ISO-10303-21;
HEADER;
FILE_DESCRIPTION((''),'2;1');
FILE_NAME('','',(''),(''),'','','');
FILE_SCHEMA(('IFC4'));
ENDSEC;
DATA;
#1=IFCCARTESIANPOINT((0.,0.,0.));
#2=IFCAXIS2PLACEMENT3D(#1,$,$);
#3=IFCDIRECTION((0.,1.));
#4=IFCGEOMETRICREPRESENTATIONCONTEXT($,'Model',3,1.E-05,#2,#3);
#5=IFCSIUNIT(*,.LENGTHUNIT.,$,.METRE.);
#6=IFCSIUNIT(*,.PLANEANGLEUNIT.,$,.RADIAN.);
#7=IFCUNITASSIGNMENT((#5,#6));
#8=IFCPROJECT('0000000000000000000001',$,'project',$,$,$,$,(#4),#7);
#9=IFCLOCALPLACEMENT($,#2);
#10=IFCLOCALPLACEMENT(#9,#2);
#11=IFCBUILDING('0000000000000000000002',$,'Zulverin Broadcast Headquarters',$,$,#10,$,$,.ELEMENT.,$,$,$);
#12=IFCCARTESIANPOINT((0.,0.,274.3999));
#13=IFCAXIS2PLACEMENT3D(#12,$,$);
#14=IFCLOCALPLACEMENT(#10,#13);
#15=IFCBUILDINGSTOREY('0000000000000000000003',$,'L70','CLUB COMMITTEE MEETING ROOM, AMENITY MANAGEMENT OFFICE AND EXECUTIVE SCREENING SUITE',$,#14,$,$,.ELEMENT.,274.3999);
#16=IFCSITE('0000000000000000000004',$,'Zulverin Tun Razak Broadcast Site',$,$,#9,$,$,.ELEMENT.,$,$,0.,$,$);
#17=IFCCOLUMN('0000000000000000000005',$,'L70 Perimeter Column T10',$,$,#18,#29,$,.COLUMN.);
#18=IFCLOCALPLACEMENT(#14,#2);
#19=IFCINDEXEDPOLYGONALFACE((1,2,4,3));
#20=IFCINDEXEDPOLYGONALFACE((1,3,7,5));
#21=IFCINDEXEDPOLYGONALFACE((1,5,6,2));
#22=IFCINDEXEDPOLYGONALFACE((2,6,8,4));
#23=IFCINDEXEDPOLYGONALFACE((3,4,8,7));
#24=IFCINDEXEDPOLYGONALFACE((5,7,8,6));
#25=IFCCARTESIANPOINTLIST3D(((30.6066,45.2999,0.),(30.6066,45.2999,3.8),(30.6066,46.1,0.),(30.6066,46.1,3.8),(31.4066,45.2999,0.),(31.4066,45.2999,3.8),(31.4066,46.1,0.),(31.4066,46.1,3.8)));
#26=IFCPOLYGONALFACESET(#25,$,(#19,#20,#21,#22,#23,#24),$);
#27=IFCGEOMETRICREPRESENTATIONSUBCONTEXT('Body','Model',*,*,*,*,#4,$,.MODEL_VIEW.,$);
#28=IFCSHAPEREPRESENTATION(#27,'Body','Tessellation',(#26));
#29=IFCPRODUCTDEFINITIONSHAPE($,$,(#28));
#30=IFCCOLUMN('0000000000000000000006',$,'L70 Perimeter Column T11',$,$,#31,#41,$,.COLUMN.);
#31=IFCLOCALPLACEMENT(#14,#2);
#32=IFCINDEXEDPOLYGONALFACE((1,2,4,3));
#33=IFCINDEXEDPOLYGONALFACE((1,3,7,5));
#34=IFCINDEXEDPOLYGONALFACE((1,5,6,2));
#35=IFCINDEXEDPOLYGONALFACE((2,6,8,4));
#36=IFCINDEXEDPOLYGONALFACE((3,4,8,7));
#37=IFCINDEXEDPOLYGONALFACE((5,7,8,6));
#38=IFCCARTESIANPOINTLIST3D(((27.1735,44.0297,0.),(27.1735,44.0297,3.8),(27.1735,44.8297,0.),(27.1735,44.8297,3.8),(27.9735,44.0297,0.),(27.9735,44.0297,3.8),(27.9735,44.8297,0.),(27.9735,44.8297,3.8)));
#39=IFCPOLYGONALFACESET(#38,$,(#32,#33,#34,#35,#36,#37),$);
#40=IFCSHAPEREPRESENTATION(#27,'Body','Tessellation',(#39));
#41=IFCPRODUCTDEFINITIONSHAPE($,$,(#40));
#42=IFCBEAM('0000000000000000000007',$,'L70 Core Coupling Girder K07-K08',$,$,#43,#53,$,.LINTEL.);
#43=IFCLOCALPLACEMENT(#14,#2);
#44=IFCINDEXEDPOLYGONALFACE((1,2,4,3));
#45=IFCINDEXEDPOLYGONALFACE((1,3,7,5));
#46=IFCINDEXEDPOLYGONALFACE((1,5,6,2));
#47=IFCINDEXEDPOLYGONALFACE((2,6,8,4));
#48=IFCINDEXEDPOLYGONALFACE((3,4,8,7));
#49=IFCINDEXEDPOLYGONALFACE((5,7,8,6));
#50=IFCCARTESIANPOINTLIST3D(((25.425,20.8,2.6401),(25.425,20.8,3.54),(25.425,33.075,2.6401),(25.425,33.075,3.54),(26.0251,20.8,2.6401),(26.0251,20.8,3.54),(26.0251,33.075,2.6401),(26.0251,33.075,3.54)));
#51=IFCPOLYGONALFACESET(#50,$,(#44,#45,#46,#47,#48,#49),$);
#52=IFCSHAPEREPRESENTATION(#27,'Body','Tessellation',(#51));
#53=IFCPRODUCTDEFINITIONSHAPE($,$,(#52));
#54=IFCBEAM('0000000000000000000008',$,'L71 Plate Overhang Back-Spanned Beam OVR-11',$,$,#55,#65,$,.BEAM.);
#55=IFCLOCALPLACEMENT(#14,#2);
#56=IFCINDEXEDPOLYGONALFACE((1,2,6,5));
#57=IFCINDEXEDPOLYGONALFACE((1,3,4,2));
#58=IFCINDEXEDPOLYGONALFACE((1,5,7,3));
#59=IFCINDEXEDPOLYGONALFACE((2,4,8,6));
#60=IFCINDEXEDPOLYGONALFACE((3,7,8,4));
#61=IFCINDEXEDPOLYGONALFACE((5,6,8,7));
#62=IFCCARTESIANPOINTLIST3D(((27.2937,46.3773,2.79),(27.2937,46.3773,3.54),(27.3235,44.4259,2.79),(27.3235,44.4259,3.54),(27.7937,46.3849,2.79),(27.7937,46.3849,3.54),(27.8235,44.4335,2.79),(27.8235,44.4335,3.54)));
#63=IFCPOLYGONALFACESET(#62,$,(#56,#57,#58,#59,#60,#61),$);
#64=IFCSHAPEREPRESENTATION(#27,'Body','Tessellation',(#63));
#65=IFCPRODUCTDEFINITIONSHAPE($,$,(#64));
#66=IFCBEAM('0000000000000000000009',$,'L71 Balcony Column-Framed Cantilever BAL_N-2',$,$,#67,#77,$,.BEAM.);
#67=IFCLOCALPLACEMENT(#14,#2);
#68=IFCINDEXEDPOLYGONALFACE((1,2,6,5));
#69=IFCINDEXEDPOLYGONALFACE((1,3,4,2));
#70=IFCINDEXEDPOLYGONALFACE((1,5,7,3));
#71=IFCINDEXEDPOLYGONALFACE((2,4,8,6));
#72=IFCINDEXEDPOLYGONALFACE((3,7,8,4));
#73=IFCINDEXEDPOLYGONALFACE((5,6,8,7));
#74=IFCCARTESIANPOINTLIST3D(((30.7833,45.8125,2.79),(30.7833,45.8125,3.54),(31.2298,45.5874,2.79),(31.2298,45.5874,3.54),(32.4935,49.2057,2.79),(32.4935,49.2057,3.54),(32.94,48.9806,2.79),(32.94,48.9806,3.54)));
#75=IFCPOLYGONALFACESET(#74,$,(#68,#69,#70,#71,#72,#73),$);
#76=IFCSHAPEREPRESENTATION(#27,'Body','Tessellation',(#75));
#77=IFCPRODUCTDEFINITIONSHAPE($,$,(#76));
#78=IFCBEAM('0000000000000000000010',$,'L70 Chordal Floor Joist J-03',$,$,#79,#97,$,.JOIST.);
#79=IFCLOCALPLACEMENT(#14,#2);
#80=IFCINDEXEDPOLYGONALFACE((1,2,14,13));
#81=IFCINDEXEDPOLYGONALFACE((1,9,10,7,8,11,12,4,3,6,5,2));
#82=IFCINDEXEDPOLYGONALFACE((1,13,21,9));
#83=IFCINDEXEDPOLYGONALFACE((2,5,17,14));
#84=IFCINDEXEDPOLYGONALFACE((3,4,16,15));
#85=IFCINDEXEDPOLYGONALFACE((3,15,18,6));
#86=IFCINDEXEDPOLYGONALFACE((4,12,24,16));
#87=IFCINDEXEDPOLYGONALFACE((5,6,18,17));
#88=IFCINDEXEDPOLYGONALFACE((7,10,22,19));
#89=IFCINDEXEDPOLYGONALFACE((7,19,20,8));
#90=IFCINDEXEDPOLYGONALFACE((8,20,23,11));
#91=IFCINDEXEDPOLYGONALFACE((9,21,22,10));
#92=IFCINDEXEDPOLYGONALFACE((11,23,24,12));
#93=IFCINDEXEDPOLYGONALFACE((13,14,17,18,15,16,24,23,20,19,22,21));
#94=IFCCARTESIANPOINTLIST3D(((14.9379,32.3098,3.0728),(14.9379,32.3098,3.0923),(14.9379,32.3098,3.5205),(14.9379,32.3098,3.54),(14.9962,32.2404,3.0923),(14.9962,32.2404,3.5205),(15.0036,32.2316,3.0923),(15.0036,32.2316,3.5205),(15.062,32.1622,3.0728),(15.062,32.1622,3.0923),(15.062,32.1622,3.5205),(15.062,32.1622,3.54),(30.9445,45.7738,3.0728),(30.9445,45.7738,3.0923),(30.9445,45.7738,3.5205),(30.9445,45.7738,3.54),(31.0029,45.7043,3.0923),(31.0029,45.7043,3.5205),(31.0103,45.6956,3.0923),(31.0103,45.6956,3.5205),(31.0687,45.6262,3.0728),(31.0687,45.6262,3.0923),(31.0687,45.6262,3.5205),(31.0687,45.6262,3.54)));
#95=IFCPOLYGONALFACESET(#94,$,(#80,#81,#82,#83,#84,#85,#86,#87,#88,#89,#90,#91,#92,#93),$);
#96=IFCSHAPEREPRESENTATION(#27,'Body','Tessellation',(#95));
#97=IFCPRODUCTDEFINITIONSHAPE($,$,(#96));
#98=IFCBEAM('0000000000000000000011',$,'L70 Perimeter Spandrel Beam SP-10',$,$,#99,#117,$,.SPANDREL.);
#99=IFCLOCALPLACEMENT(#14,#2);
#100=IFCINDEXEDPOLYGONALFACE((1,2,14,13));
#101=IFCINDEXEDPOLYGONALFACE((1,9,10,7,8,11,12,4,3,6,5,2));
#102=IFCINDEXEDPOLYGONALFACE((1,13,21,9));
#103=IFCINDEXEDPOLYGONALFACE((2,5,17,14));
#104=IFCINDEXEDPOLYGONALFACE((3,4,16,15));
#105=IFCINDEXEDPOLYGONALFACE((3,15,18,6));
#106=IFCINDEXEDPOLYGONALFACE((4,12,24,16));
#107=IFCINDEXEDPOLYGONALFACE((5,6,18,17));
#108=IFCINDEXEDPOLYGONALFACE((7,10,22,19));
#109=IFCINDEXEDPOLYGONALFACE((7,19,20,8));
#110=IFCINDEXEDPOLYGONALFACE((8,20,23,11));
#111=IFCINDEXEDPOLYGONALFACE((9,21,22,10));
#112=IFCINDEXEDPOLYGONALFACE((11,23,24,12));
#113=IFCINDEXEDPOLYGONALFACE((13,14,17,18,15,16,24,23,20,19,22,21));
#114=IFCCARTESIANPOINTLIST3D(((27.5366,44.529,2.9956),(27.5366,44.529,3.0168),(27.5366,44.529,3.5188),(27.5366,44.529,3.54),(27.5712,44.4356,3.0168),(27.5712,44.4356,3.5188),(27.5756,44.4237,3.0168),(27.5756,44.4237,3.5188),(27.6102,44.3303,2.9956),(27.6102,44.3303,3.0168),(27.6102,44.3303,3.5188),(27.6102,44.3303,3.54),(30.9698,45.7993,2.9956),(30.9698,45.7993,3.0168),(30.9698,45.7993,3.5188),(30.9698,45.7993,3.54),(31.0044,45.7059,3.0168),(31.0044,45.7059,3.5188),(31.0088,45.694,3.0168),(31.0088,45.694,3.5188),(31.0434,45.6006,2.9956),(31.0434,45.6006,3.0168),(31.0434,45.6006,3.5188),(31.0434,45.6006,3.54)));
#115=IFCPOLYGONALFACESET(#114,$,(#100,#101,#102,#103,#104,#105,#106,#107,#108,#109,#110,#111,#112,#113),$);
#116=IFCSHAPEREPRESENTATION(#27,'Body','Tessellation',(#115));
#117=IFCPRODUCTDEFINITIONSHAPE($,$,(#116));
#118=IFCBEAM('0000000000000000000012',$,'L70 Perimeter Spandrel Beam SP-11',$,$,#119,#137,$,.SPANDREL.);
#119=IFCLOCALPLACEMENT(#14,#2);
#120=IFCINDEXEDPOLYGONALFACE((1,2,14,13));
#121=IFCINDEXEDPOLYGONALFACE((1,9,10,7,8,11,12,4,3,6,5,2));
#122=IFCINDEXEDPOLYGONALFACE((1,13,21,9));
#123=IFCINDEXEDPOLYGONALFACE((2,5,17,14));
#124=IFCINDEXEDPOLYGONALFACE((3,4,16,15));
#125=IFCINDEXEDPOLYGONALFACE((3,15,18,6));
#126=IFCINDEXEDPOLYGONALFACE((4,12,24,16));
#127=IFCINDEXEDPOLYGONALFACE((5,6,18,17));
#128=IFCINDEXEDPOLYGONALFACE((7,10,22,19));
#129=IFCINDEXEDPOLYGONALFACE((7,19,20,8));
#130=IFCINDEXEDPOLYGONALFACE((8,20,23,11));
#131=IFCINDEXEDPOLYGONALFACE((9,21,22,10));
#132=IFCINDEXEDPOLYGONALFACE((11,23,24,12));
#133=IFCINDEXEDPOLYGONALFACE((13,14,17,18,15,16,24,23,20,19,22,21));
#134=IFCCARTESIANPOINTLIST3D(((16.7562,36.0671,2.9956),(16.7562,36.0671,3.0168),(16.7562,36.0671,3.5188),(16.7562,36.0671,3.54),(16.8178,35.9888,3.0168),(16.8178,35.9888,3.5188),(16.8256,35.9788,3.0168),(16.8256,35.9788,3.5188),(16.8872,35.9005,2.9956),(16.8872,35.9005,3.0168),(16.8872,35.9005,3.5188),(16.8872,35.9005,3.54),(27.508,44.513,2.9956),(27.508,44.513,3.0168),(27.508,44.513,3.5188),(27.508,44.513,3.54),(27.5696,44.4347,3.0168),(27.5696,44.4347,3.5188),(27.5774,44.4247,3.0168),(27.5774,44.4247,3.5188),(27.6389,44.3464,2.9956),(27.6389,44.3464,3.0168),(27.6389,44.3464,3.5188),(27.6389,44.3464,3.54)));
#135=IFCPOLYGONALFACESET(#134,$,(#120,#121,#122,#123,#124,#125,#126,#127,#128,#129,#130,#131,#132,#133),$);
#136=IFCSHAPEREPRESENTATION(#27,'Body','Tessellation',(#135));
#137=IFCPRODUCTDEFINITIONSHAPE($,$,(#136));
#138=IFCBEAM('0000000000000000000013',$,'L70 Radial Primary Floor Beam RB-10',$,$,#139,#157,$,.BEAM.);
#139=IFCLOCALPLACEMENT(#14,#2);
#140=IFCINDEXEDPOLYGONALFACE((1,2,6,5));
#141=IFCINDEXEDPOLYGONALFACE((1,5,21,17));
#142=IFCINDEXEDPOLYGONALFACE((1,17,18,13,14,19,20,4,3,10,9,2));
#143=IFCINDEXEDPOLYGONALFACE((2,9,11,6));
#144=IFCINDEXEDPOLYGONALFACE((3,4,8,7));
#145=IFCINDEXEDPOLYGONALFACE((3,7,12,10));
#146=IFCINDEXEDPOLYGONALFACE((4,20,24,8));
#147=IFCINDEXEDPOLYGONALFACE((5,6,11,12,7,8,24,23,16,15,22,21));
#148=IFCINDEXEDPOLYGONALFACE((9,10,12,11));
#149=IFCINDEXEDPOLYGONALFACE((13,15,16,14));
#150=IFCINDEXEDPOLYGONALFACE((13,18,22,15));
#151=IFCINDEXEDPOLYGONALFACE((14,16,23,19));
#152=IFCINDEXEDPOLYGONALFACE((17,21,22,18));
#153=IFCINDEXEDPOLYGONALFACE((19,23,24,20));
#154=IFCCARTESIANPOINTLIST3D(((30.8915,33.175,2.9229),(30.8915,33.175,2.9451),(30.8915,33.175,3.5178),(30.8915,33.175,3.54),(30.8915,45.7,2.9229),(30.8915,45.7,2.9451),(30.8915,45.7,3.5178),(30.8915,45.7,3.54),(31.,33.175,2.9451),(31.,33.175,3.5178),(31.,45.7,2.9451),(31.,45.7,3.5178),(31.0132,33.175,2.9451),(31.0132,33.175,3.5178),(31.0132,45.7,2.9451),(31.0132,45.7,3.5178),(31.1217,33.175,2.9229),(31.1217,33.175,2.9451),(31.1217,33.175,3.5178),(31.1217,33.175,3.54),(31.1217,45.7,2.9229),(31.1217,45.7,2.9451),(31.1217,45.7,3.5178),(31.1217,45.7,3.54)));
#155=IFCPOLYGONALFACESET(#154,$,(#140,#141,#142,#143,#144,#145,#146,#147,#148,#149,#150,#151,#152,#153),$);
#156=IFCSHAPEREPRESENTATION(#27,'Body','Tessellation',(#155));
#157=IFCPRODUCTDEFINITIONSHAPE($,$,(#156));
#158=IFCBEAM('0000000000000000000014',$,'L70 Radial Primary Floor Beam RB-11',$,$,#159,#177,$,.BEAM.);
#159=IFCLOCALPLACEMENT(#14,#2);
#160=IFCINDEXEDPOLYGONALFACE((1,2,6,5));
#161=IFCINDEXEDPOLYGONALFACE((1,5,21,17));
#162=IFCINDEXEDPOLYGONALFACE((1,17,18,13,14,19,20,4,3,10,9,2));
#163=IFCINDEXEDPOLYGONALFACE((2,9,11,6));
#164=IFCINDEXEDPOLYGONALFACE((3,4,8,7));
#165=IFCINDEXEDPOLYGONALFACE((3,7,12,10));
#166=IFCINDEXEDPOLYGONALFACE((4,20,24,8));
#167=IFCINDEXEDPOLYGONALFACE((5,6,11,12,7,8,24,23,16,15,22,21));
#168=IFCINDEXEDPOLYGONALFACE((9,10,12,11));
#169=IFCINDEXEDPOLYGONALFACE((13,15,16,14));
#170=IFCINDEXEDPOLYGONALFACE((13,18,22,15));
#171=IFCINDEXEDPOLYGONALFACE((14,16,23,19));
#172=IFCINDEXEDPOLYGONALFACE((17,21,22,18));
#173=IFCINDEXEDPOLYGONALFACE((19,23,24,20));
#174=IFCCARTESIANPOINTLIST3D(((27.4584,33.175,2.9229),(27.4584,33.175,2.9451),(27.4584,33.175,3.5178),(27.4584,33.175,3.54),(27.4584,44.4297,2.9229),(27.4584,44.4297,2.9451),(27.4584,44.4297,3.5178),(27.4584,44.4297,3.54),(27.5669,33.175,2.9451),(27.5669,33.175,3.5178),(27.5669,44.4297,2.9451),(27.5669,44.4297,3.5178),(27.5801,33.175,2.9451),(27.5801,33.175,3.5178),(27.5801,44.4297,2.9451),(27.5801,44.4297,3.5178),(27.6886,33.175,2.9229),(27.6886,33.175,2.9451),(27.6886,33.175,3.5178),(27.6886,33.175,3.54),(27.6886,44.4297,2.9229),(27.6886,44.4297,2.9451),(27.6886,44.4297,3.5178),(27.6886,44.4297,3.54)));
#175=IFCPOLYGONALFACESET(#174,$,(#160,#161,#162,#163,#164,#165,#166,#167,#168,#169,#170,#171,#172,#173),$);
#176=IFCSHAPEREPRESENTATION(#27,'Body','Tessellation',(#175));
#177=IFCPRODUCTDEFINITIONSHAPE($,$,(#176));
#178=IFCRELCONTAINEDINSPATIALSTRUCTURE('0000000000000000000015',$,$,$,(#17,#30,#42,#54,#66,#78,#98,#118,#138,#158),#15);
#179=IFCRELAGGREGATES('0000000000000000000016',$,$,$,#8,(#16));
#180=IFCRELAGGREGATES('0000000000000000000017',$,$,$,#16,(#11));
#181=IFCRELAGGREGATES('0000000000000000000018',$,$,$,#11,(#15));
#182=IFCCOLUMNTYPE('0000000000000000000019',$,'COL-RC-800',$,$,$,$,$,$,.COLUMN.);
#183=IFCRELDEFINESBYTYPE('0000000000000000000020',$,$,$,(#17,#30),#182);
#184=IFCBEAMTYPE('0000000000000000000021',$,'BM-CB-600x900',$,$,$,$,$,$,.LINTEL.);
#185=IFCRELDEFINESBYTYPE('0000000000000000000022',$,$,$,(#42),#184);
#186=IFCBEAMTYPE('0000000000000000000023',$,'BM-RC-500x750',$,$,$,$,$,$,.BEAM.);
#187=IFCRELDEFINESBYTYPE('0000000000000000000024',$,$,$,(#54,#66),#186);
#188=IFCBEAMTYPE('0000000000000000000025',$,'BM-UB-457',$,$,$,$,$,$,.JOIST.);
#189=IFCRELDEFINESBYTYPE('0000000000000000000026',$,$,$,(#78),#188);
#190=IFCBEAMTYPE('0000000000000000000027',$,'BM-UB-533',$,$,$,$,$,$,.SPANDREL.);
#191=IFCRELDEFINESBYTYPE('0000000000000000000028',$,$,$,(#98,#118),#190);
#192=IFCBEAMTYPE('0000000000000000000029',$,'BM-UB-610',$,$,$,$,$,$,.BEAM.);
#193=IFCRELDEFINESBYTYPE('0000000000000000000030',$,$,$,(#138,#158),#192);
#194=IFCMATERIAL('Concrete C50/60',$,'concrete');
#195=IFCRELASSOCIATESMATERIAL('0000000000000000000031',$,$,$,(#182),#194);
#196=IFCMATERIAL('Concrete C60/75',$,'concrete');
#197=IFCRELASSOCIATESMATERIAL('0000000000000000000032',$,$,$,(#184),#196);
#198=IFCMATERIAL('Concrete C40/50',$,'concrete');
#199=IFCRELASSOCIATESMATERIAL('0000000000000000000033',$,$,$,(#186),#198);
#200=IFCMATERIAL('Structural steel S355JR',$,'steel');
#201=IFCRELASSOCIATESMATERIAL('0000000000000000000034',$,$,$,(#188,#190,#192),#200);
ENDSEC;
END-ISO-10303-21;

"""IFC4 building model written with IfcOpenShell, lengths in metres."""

from ifc_helpers import new_model, si_unit, direction, frame, origin, origin_2d, place, context, subcontext, project, spatial, rectangle, i_section, extrude, material, material_profile, profile_set, type_object, element, save


model = new_model("IFC4")

# Units and contexts
model_context = context("Model", 3, precision=1e-05, world=origin(), true_north=direction((0.0, 1.0)))
body_context = subcontext(model_context, "Body", "Model", "MODEL_VIEW")
ifc_project = project(units=[si_unit("LENGTHUNIT", "METRE"), si_unit("PLANEANGLEUNIT", "RADIAN")], contexts=[model_context])

# Site, building, storey
site_placement = place(None, origin())
site = spatial("IfcSite", under=ifc_project, at=site_placement, Name="Zulverin Tun Razak Broadcast Site", CompositionType="ELEMENT", RefElevation=0.0)
building_placement = place(site_placement, origin())
building = spatial("IfcBuilding", under=site, at=building_placement, Name="Zulverin Broadcast Headquarters", CompositionType="ELEMENT")
storey_placement = place(building_placement, frame((0.0, 0.0, 274.3999)))
storey = spatial("IfcBuildingStorey", under=building, at=storey_placement, Name="L70", Description="CLUB COMMITTEE MEETING ROOM, AMENITY MANAGEMENT OFFICE AND EXECUTIVE SCREENING SUITE", CompositionType="ELEMENT", Elevation=274.3999)

# Columns
ifc_material_1 = material(Name="Concrete C50/60", Category="concrete")
ifc_material_profile_1 = material_profile(ifc_material_1, rectangle(XDim=0.8, YDim=0.8, at=origin_2d()), Name="Concrete C50/60", Category="concrete")
ifc_profile_set_1 = profile_set([ifc_material_profile_1], Name="Concrete C50/60")
column_type = type_object("IfcColumnType", Name="COL-RC-800", PredefinedType="COLUMN", material=ifc_profile_set_1)
for number, where, z_axis, x_axis, name in (
    (1, (31.0066, 45.7, 0.0), (0.0, 0.0, 1.0), (1.0, 0.0, 0.0), "L70 Perimeter Column T10"),
    (2, (27.5735, 44.4297, 0.0), (0.0, 0.0, 1.0), (1.0, 0.0, 0.0), "L70 Perimeter Column T11"),
):
    element("IfcColumn", number, at=place(storey_placement, frame(where, z_axis=z_axis, x_axis=x_axis)), inside=storey, type_object=column_type, Name=name, PredefinedType="COLUMN", context=body_context, shape_type="SweptSolid", body=[
        extrude(rectangle(XDim=0.8, YDim=0.8, at=origin_2d()), origin(), (0.0, 0.0, 1.0), 3.8),
    ])

# Beams
ifc_material_2 = material(Name="Concrete C60/75", Category="concrete")
ifc_material_profile_2 = material_profile(ifc_material_2, rectangle(XDim=0.6001, YDim=0.8999, at=origin_2d()), Name="Concrete C60/75", Category="concrete")
ifc_profile_set_2 = profile_set([ifc_material_profile_2], Name="Concrete C60/75")
beam_type_1 = type_object("IfcBeamType", Name="BM-CB-600x900", PredefinedType="LINTEL", material=ifc_profile_set_2)
beam_1_placement = place(storey_placement, frame((25.7251, 33.075, 3.0901), z_axis=(0.0, -1.0, 0.0), x_axis=(1.0, 0.0, 0.0)))
element("IfcBeam", 3, at=beam_1_placement, inside=storey, type_object=beam_type_1, Name="L70 Core Coupling Girder K07-K08", PredefinedType="LINTEL", context=body_context, shape_type="SweptSolid", body=[
    extrude(rectangle(XDim=0.6001, YDim=0.8999, at=origin_2d()), origin(), (0.0, 0.0, 1.0), 12.2749),
])
ifc_material_3 = material(Name="Concrete C40/50", Category="concrete")
ifc_material_profile_3 = material_profile(ifc_material_3, rectangle(XDim=0.5, YDim=0.75, at=origin_2d()), Name="Concrete C40/50", Category="concrete")
ifc_profile_set_3 = profile_set([ifc_material_profile_3], Name="Concrete C40/50")
beam_type_2 = type_object("IfcBeamType", Name="BM-RC-500x750", PredefinedType="BEAM", material=ifc_profile_set_3)
beam_2_placement = place(storey_placement, frame((27.5735, 44.4297, 3.165), z_axis=(-0.015262, 0.999884, 0.0), x_axis=(-0.999884, -0.015262, 0.0)))
element("IfcBeam", 4, at=beam_2_placement, inside=storey, type_object=beam_type_2, Name="L71 Plate Overhang Back-Spanned Beam OVR-11", PredefinedType="BEAM", context=body_context, shape_type="SweptSolid", body=[
    extrude(rectangle(XDim=0.5, YDim=0.75, at=origin_2d()), origin(), (0.0, 0.0, 1.0), 1.9517),
])
beam_3_placement = place(storey_placement, frame((31.0066, 45.7, 3.165), z_axis=(0.450064, 0.892996, 0.0), x_axis=(-0.892996, 0.450064, 0.0)))
element("IfcBeam", 5, at=beam_3_placement, inside=storey, type_object=beam_type_2, Name="L71 Balcony Column-Framed Cantilever BAL_N-2", PredefinedType="BEAM", context=body_context, shape_type="SweptSolid", body=[
    extrude(rectangle(XDim=0.5, YDim=0.75, at=origin_2d()), origin(), (0.0, 0.0, 1.0), 3.7998),
])
ifc_material_4 = material(Name="Structural steel S355JR", Category="steel")
ifc_material_profile_4 = material_profile(ifc_material_4, i_section(OverallWidth=0.1929, OverallDepth=0.4673, WebThickness=0.0115, FlangeThickness=0.0195, at=origin_2d()), Name="Structural steel S355JR", Category="steel")
ifc_profile_set_4 = profile_set([ifc_material_profile_4], Name="Structural steel S355JR")
beam_type_3 = type_object("IfcBeamType", Name="BM-UB-457", PredefinedType="JOIST", material=ifc_profile_set_4)
beam_4_placement = place(storey_placement, frame((31.0066, 45.7, 3.3064), z_axis=(-0.765273, -0.643706, 0.0), x_axis=(0.643706, -0.765273, 0.0)))
element("IfcBeam", 6, at=beam_4_placement, inside=storey, type_object=beam_type_3, Name="L70 Chordal Floor Joist J-03", PredefinedType="JOIST", context=body_context, shape_type="SweptSolid", body=[
    extrude(i_section(OverallWidth=0.1929, OverallDepth=0.4673, WebThickness=0.0115, FlangeThickness=0.0195, at=origin_2d()), origin(), (0.0, 0.0, 1.0), 20.9163),
])
ifc_material_profile_5 = material_profile(ifc_material_4, i_section(OverallWidth=0.2119, OverallDepth=0.5444, WebThickness=0.0127, FlangeThickness=0.0212, at=origin_2d()), Name="Structural steel S355JR", Category="steel")
ifc_profile_set_5 = profile_set([ifc_material_profile_5], Name="Structural steel S355JR")
beam_type_4 = type_object("IfcBeamType", Name="BM-UB-533", PredefinedType="SPANDREL", material=ifc_profile_set_5)
beam_5_placement = place(storey_placement, frame((31.0066, 45.7, 3.2678), z_axis=(-0.937861, -0.347012, 0.0), x_axis=(0.347012, -0.937861, 0.0)))
element("IfcBeam", 7, at=beam_5_placement, inside=storey, type_object=beam_type_4, Name="L70 Perimeter Spandrel Beam SP-10", PredefinedType="SPANDREL", context=body_context, shape_type="SweptSolid", body=[
    extrude(i_section(OverallWidth=0.2119, OverallDepth=0.5444, WebThickness=0.0127, FlangeThickness=0.0212, at=origin_2d()), origin(), (0.0, 0.0, 1.0), 3.6606),
])
beam_6_placement = place(storey_placement, frame((27.5735, 44.4297, 3.2678), z_axis=(-0.786388, -0.617732, 0.0), x_axis=(0.617732, -0.786388, 0.0)))
element("IfcBeam", 8, at=beam_6_placement, inside=storey, type_object=beam_type_4, Name="L70 Perimeter Spandrel Beam SP-11", PredefinedType="SPANDREL", context=body_context, shape_type="SweptSolid", body=[
    extrude(i_section(OverallWidth=0.2119, OverallDepth=0.5444, WebThickness=0.0127, FlangeThickness=0.0212, at=origin_2d()), origin(), (0.0, 0.0, 1.0), 13.6724),
])
ifc_material_profile_6 = material_profile(ifc_material_4, i_section(OverallWidth=0.2302, OverallDepth=0.6172, WebThickness=0.0132, FlangeThickness=0.0222, at=origin_2d()), Name="Structural steel S355JR", Category="steel")
ifc_profile_set_6 = profile_set([ifc_material_profile_6], Name="Structural steel S355JR")
beam_type_5 = type_object("IfcBeamType", Name="BM-UB-610", PredefinedType="BEAM", material=ifc_profile_set_6)
beam_7_placement = place(storey_placement, frame((31.0066, 33.175, 3.2314), z_axis=(0.0, 1.0, 0.0), x_axis=(-1.0, 0.0, 0.0)))
element("IfcBeam", 9, at=beam_7_placement, inside=storey, type_object=beam_type_5, Name="L70 Radial Primary Floor Beam RB-10", PredefinedType="BEAM", context=body_context, shape_type="SweptSolid", body=[
    extrude(i_section(OverallWidth=0.2302, OverallDepth=0.6172, WebThickness=0.0132, FlangeThickness=0.0222, at=origin_2d()), origin(), (0.0, 0.0, 1.0), 12.5249),
])
beam_8_placement = place(storey_placement, frame((27.5735, 33.175, 3.2314), z_axis=(0.0, 1.0, 0.0), x_axis=(-1.0, 0.0, 0.0)))
element("IfcBeam", 10, at=beam_8_placement, inside=storey, type_object=beam_type_5, Name="L70 Radial Primary Floor Beam RB-11", PredefinedType="BEAM", context=body_context, shape_type="SweptSolid", body=[
    extrude(i_section(OverallWidth=0.2302, OverallDepth=0.6172, WebThickness=0.0132, FlangeThickness=0.0222, at=origin_2d()), origin(), (0.0, 0.0, 1.0), 11.2546),
])

save(model, "model.ifc")
